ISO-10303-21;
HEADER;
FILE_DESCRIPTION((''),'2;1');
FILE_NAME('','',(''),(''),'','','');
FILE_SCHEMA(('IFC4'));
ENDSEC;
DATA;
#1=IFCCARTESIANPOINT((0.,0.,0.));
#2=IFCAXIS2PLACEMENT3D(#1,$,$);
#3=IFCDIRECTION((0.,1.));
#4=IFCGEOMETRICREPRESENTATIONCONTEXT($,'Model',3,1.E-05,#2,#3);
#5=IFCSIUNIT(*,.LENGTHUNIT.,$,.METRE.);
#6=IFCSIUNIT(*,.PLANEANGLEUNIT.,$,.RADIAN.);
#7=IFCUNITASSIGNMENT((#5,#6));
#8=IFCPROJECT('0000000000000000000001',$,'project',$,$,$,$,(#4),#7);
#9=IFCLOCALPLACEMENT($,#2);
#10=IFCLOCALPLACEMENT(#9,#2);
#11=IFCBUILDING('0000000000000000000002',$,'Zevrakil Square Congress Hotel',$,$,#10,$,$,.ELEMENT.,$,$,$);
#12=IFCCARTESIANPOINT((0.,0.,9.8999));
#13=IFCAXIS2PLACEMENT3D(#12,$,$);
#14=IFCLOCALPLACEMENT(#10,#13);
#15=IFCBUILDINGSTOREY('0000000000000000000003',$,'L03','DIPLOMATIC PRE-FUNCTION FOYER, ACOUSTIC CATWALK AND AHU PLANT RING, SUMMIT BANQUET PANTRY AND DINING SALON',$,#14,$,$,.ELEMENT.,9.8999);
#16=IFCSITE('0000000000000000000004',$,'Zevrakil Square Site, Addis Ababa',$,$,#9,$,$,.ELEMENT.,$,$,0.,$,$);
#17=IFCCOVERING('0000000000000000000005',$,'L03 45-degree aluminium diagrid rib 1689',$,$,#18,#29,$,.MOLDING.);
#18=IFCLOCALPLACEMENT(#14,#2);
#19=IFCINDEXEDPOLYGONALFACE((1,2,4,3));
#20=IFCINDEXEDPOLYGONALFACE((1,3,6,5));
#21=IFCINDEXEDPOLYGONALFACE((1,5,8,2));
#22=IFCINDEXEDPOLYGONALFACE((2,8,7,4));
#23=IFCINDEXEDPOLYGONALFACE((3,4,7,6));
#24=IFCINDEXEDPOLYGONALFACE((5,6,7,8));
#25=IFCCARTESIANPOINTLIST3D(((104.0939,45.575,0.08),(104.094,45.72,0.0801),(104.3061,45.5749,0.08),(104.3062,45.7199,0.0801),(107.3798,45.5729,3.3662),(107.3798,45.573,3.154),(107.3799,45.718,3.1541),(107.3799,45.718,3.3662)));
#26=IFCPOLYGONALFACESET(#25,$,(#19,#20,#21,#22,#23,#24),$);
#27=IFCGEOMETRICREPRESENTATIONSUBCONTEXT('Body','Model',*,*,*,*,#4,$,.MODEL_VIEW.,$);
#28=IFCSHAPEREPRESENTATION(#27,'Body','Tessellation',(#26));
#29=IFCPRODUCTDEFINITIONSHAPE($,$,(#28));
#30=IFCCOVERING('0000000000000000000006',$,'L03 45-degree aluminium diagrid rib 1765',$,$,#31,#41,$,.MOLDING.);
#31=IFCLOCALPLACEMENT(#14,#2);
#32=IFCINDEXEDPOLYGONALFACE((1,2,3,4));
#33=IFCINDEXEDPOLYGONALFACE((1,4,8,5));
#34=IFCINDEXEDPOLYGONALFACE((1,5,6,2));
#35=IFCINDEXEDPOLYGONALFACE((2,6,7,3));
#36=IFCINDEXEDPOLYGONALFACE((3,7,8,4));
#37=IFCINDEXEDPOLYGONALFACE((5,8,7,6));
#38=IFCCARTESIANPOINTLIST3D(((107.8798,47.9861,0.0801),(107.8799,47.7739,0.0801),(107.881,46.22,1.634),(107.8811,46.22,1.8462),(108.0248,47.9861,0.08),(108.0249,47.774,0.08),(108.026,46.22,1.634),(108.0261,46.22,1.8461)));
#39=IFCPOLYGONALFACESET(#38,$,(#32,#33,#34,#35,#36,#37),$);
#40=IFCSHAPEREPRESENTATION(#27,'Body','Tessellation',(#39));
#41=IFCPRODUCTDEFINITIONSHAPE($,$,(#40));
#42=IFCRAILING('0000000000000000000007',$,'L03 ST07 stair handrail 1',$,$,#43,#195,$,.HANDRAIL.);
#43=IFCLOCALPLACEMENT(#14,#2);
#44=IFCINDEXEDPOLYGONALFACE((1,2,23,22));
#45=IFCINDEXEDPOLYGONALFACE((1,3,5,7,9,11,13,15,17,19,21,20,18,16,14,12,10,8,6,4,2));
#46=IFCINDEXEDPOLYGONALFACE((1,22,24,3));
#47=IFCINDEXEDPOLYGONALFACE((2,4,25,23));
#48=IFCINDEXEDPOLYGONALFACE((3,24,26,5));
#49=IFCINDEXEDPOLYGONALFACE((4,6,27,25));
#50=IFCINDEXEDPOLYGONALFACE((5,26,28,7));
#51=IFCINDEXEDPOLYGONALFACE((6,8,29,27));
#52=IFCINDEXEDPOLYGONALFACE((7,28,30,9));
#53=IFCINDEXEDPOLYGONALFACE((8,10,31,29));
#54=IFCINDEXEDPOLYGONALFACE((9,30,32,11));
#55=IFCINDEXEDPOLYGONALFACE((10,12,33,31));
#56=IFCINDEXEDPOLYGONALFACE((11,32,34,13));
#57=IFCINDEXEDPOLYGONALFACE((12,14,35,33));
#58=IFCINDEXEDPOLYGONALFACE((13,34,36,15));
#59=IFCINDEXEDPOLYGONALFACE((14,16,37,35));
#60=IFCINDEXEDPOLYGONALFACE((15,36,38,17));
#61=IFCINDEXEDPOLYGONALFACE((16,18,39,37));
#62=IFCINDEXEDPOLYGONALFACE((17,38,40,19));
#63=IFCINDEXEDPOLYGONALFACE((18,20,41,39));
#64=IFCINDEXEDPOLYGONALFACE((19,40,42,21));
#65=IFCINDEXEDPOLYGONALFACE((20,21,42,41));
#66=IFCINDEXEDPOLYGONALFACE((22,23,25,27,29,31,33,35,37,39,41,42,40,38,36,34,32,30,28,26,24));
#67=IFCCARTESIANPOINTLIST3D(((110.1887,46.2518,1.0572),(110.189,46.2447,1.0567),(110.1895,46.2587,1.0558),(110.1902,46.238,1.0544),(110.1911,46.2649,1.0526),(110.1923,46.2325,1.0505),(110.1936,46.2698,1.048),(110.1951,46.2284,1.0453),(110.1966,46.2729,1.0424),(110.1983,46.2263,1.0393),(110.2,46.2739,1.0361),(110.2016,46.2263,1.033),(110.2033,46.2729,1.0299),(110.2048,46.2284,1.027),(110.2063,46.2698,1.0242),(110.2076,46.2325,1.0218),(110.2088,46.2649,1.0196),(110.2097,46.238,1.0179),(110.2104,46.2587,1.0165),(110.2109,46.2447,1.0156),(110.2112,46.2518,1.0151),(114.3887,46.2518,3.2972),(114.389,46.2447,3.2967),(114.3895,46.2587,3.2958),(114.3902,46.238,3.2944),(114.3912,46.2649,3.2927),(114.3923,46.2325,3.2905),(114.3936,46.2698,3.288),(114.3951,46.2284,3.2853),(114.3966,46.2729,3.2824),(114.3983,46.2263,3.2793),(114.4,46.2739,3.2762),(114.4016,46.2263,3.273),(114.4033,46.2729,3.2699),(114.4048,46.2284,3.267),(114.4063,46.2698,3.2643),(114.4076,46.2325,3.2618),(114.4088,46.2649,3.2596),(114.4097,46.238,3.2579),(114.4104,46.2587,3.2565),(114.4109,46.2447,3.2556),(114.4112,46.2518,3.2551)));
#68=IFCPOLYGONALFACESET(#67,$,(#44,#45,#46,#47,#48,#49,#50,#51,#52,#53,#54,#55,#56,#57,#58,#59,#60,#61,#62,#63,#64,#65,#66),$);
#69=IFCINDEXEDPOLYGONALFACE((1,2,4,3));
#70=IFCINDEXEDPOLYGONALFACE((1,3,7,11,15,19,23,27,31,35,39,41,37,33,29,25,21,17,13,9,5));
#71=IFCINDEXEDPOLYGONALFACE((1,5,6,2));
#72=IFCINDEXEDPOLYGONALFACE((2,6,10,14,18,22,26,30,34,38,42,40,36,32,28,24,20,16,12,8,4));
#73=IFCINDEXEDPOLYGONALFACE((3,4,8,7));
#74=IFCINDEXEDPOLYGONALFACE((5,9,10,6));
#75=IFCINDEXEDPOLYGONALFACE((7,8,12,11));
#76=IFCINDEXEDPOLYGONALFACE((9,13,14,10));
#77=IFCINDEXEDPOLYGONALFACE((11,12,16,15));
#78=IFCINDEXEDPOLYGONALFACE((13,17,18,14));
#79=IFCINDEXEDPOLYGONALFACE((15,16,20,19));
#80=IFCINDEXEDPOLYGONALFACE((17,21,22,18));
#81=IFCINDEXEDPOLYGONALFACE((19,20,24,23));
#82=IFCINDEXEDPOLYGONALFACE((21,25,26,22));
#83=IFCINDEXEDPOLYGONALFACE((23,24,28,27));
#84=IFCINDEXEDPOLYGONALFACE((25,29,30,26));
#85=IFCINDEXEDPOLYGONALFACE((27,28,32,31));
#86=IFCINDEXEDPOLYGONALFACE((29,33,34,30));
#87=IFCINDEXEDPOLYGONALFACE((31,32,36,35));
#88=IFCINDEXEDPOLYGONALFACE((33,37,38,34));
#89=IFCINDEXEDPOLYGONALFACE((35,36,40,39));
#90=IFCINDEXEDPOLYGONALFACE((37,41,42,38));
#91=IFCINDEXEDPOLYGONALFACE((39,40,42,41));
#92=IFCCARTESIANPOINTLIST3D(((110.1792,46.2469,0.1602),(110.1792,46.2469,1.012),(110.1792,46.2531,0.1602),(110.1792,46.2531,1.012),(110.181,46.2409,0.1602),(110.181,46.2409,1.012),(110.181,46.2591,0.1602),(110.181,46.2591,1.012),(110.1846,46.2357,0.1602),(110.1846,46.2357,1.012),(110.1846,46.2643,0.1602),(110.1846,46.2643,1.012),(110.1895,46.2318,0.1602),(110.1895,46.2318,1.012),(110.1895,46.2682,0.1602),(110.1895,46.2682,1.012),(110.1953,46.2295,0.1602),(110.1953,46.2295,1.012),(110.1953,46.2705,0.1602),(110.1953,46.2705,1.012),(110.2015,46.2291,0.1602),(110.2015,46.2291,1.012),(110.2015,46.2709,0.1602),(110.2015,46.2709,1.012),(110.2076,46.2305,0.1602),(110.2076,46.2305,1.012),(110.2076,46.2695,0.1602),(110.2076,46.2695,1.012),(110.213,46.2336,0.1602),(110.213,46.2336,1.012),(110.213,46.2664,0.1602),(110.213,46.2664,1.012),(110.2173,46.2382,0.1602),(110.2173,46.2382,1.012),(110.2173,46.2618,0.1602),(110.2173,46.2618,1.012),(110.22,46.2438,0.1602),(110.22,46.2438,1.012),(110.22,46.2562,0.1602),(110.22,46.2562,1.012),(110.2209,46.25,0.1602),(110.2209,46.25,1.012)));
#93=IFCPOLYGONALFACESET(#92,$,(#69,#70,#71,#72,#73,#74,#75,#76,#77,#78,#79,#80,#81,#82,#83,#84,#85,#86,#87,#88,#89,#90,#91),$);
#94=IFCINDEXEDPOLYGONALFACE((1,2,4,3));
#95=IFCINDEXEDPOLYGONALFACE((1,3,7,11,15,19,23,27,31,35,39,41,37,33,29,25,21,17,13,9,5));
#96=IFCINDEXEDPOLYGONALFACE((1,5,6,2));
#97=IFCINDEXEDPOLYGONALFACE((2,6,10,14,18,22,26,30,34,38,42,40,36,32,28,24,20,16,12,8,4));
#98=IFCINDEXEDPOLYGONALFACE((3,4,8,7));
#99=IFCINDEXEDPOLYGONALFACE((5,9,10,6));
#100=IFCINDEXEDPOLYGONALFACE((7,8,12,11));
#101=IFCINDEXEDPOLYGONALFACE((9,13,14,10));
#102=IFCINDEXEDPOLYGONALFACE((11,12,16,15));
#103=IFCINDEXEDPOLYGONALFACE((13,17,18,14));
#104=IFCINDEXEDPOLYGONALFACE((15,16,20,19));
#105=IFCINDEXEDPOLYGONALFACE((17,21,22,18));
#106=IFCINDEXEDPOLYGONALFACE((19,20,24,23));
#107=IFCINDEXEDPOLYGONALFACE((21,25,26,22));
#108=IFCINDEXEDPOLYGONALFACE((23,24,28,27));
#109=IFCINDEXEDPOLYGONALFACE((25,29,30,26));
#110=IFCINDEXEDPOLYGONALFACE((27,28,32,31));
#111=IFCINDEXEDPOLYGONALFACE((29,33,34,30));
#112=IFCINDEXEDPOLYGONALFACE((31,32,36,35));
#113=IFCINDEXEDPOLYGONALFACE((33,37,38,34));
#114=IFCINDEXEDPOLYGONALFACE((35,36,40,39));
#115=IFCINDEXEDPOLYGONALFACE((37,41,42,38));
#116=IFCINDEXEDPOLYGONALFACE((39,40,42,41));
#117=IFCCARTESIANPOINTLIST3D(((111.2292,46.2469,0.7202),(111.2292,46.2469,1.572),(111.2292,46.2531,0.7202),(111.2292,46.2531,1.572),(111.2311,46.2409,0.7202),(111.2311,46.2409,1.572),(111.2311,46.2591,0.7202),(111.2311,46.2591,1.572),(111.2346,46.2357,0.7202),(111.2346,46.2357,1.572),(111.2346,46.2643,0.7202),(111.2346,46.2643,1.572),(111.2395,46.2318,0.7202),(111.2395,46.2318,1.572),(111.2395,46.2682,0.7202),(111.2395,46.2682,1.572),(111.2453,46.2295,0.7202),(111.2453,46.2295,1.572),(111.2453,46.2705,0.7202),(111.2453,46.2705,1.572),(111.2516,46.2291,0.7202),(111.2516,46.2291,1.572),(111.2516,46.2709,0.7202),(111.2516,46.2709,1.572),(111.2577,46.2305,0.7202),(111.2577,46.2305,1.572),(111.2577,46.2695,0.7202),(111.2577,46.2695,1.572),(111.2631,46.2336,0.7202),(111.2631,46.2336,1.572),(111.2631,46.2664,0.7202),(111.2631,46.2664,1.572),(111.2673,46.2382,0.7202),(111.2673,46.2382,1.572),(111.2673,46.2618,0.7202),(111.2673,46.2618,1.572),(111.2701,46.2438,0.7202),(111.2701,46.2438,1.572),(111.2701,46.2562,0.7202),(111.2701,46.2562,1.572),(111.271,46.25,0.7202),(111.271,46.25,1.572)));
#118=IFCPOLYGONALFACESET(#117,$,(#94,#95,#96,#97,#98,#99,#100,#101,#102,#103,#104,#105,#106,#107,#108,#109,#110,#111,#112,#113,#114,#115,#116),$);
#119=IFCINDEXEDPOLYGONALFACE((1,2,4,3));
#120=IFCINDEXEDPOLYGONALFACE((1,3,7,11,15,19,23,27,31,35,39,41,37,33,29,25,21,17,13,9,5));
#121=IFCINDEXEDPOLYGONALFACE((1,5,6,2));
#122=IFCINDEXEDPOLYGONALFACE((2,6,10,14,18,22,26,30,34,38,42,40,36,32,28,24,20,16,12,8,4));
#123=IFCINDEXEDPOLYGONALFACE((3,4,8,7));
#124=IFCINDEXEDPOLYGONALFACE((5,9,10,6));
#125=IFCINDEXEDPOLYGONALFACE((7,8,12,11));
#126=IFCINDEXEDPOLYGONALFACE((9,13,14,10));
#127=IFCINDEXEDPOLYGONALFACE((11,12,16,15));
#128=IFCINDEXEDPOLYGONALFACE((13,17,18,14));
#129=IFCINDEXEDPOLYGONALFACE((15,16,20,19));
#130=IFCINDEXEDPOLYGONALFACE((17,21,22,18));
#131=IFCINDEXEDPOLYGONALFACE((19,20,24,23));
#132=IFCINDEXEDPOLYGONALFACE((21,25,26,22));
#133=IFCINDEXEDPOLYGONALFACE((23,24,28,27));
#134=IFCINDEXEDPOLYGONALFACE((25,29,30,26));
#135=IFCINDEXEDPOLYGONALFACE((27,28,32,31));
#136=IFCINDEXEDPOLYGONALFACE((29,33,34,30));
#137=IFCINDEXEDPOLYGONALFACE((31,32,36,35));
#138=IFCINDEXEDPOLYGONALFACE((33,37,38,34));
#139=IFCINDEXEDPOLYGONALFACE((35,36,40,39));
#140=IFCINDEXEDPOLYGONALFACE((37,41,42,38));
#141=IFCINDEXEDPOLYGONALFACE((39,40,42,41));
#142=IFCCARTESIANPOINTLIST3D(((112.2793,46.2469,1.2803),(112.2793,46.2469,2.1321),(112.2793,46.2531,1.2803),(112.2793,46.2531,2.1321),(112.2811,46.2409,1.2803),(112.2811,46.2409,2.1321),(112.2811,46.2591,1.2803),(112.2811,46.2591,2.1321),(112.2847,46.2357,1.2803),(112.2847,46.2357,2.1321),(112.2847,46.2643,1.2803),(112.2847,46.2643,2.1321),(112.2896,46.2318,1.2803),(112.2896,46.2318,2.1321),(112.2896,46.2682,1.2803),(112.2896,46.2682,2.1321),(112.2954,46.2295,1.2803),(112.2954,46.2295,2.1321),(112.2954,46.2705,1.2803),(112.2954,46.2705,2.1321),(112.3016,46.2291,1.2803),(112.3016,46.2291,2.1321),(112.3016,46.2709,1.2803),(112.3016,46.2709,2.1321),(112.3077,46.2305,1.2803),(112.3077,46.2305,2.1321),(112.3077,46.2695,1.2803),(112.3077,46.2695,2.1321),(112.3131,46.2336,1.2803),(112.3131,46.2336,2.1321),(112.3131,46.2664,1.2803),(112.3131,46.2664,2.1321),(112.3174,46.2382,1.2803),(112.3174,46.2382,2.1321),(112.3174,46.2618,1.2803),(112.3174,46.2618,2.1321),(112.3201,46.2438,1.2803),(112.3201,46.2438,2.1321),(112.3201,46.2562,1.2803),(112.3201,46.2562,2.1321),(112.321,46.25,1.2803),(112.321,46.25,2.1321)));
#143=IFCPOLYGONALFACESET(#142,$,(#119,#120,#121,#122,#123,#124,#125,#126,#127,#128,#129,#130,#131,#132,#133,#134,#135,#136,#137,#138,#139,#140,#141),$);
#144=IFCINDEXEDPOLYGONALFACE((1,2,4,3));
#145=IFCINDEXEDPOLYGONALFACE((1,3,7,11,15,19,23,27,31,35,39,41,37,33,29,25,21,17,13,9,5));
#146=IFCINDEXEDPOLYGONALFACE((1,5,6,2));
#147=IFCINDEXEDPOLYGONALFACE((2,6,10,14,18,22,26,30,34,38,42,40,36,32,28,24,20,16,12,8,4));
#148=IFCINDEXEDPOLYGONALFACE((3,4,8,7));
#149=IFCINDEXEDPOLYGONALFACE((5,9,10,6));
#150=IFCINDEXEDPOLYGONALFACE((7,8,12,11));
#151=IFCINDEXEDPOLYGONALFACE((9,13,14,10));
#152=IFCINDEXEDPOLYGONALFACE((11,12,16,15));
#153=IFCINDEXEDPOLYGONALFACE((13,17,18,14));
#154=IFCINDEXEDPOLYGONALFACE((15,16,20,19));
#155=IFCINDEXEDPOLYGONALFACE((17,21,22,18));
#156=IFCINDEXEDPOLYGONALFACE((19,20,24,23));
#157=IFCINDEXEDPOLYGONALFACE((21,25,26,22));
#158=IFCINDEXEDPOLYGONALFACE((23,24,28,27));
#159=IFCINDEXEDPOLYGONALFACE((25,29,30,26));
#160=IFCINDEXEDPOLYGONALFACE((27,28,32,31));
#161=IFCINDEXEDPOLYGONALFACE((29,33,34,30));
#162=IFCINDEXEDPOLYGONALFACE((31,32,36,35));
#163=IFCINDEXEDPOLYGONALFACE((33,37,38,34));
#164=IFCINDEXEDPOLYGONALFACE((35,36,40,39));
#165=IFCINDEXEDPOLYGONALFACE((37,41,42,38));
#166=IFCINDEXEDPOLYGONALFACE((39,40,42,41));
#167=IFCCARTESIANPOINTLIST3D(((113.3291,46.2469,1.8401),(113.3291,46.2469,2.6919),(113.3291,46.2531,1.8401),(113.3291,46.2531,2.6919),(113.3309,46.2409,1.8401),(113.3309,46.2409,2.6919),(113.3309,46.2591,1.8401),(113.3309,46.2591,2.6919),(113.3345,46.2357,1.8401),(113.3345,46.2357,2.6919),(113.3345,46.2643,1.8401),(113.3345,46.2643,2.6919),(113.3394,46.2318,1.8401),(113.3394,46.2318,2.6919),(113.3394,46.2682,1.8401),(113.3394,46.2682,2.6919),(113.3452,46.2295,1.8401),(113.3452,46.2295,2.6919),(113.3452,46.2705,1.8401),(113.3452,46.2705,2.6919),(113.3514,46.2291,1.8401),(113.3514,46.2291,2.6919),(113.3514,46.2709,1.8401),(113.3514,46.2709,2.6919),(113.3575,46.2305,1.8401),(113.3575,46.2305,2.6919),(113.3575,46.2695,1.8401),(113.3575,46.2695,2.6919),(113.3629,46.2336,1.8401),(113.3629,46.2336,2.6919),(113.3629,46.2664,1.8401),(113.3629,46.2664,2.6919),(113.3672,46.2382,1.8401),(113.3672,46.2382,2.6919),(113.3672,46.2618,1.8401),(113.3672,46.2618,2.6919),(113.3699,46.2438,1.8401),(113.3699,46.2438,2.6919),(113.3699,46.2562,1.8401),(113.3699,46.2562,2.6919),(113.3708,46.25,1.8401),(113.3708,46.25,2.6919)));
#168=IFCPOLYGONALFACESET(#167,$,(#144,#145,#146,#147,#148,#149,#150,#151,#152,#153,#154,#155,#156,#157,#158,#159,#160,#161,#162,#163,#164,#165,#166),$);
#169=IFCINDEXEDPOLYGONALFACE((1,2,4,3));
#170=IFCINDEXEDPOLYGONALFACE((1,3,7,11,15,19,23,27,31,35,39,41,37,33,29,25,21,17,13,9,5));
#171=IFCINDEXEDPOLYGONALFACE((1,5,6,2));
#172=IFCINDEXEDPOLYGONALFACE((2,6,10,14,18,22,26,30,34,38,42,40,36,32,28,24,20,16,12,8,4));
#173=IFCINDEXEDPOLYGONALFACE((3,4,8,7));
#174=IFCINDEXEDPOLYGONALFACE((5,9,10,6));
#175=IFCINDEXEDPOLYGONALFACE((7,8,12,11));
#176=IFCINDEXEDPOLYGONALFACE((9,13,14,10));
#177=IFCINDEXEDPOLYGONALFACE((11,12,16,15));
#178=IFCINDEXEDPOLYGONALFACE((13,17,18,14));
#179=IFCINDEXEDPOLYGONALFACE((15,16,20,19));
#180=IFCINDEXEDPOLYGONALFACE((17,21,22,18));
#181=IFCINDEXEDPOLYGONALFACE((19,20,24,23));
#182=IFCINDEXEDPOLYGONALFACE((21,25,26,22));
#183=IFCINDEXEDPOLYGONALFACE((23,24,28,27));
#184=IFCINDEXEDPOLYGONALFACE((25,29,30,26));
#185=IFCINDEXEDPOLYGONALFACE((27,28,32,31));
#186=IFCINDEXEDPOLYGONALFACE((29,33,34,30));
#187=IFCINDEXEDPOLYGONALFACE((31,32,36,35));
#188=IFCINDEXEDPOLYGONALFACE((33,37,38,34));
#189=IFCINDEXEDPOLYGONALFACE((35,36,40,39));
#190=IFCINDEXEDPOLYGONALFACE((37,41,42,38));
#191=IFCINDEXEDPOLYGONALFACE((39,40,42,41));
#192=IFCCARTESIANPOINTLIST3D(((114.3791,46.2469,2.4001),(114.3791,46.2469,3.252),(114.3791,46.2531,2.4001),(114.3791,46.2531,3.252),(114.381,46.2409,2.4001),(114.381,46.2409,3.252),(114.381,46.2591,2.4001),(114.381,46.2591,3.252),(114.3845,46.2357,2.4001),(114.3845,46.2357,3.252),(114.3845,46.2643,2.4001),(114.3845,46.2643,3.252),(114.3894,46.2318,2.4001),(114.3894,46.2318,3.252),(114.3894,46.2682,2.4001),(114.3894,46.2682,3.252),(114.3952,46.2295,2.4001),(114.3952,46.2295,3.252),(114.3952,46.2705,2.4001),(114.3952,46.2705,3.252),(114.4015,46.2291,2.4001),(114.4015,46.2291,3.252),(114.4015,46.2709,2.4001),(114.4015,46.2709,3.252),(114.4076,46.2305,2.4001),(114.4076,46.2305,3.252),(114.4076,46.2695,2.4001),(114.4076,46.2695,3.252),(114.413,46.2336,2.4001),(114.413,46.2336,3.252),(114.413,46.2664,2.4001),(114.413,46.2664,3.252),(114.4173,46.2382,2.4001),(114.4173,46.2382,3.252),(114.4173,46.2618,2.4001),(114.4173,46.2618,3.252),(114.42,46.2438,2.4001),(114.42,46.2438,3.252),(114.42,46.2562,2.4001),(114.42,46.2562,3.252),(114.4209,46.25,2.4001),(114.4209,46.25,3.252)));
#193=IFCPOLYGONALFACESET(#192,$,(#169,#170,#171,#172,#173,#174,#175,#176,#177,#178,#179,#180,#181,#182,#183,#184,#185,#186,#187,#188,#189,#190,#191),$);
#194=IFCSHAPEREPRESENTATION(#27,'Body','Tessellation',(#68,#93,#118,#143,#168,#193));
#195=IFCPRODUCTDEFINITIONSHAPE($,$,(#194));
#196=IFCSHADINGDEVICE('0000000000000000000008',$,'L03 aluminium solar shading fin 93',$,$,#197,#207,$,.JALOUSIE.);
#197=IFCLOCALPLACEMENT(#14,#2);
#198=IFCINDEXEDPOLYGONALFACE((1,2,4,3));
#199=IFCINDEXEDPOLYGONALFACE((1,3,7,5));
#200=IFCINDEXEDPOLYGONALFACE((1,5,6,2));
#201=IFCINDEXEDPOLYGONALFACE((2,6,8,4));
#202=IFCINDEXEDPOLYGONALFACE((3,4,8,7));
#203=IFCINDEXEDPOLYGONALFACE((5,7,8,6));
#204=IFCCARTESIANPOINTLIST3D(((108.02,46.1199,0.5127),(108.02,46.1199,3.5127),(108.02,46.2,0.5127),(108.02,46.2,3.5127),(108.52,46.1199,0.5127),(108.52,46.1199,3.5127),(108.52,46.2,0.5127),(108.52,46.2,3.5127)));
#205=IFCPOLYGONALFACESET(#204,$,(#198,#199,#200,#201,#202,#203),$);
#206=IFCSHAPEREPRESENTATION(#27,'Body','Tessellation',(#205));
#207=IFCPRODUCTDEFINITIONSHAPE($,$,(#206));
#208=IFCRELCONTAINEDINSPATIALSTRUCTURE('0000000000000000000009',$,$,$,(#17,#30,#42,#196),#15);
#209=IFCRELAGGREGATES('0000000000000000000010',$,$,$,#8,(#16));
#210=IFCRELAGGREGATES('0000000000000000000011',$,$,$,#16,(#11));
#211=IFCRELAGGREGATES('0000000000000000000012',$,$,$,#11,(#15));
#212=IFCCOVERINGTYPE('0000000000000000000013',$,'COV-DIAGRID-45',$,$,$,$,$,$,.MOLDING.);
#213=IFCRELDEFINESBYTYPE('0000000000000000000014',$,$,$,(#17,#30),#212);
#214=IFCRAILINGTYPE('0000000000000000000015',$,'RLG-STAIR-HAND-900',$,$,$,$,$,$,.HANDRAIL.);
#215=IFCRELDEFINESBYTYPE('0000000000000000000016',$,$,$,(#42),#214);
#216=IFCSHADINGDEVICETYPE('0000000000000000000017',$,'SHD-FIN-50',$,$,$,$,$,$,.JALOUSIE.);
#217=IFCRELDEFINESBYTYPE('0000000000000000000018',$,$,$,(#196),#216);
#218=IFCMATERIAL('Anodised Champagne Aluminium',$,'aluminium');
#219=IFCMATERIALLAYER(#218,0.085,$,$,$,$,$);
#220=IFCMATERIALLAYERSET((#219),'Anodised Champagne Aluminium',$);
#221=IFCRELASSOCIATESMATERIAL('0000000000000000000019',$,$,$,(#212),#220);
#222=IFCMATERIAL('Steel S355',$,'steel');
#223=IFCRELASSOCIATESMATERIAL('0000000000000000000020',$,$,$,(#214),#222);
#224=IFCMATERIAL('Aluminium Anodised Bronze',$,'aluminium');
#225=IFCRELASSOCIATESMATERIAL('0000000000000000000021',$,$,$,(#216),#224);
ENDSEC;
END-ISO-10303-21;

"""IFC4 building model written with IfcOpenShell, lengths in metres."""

from ifc_helpers import new_model, si_unit, direction, frame, origin, origin_2d, place, context, subcontext, project, spatial, polyline, rectangle, circle, outline, extrude, material, layer, layer_set, type_object, element, save


model = new_model("IFC4")

# Units and contexts
model_context = context("Model", 3, precision=1e-05, world=origin(), true_north=direction((0.0, 1.0)))
body_context = subcontext(model_context, "Body", "Model", "MODEL_VIEW")
ifc_project = project(units=[si_unit("LENGTHUNIT", "METRE"), si_unit("PLANEANGLEUNIT", "RADIAN")], contexts=[model_context])

# Site, building, storey
site_placement = place(None, origin())
site = spatial("IfcSite", under=ifc_project, at=site_placement, Name="Zevrakil Square Site, Addis Ababa", CompositionType="ELEMENT", RefElevation=0.0)
building_placement = place(site_placement, origin())
building = spatial("IfcBuilding", under=site, at=building_placement, Name="Zevrakil Square Congress Hotel", CompositionType="ELEMENT")
storey_placement = place(building_placement, frame((0.0, 0.0, 9.8999)))
storey = spatial("IfcBuildingStorey", under=building, at=storey_placement, Name="L03", Description="DIPLOMATIC PRE-FUNCTION FOYER, ACOUSTIC CATWALK AND AHU PLANT RING, SUMMIT BANQUET PANTRY AND DINING SALON", CompositionType="ELEMENT", Elevation=9.8999)

# Coverings
ifc_material_1 = material(Name="Anodised Champagne Aluminium", Category="aluminium")
ifc_layer_1 = layer(ifc_material_1, 0.085)
ifc_layer_set_1 = layer_set([ifc_layer_1], Name="Anodised Champagne Aluminium")
covering_type_1 = type_object("IfcCoveringType", Name="COV-DIAGRID-45", PredefinedType="MOLDING", material=ifc_layer_set_1)
covering_1_placement = place(storey_placement, frame((107.3799, 45.718, 3.1541), z_axis=(0.000307, 1.0, 0.000307), x_axis=(0.0, -0.000307, 1.0)))
element("IfcCovering", 1, at=covering_1_placement, inside=storey, type_object=covering_type_1, Name="L03 45-degree aluminium diagrid rib 1689", PredefinedType="MOLDING", context=body_context, shape_type="SweptSolid", body=[
    extrude(outline(polyline([(0.0, 0.0), (0.2122, 0.0), (-3.074, -3.2859), (-3.074, -3.0737), (0.0, 0.0)])), origin(), (0.0, 0.0, -1.0), 0.145),
])
covering_2_placement = place(storey_placement, frame((107.8799, 47.7739, 0.0801), z_axis=(-1.0, -0.000368, 0.000368), x_axis=(-0.000368, 1.0, 0.0)))
element("IfcCovering", 2, at=covering_2_placement, inside=storey, type_object=covering_type_1, Name="L03 45-degree aluminium diagrid rib 1765", PredefinedType="MOLDING", context=body_context, shape_type="SweptSolid", body=[
    extrude(outline(polyline([(0.0, 0.0), (0.2122, 0.0), (-1.554, -1.7661), (-1.554, -1.554), (0.0, 0.0)])), origin(), (0.0, 0.0, -1.0), 0.145),
])

# Railing
ifc_material_2 = material(Name="Steel S355", Category="steel")
railing_type = type_object("IfcRailingType", Name="RLG-STAIR-HAND-900", PredefinedType="HANDRAIL", material=ifc_material_2)
railing_placement = place(storey_placement, frame((110.2, 46.25, 0.1602)))
element("IfcRailing", 3, at=railing_placement, inside=storey, type_object=railing_type, Name="L03 ST07 stair handrail 1", PredefinedType="HANDRAIL", context=body_context, shape_type="SweptSolid", body=[
    extrude(circle(Radius=0.0239, at=origin_2d()), frame((0.0, 0.0, 0.876), z_axis=(0.882352, 0.0, 0.470591), x_axis=(0.0, 1.0, 0.0)), (0.0, 0.0, 1.0), 4.76),
    extrude(circle(Radius=0.021, at=origin_2d()), origin(), (0.0, 0.0, 1.0), 0.8518),
    extrude(circle(Radius=0.021, at=origin_2d()), frame((1.05, 0.0, 0.5601)), (0.0, 0.0, 1.0), 0.8518),
    extrude(circle(Radius=0.021, at=origin_2d()), frame((2.1001, 0.0, 1.1201)), (0.0, 0.0, 1.0), 0.8518),
    extrude(circle(Radius=0.021, at=origin_2d()), frame((3.1499, 0.0, 1.6799)), (0.0, 0.0, 1.0), 0.8518),
    extrude(circle(Radius=0.021, at=origin_2d()), frame((4.2, 0.0, 2.24)), (0.0, 0.0, 1.0), 0.8518),
])

# Shading device
ifc_material_3 = material(Name="Aluminium Anodised Bronze", Category="aluminium")
shading_device_type = type_object("IfcShadingDeviceType", Name="SHD-FIN-50", PredefinedType="JALOUSIE", material=ifc_material_3)
shading_device_placement = place(storey_placement, frame((108.27, 46.1599, 0.5127), z_axis=(0.0, 0.0, 1.0), x_axis=(1.0, 0.0, 0.0)))
element("IfcShadingDevice", 4, at=shading_device_placement, inside=storey, type_object=shading_device_type, Name="L03 aluminium solar shading fin 93", PredefinedType="JALOUSIE", context=body_context, shape_type="SweptSolid", body=[
    extrude(rectangle(XDim=0.5, YDim=0.0801, at=origin_2d()), origin(), (0.0, 0.0, 1.0), 3.0),
])

save(model, "model.ifc")
